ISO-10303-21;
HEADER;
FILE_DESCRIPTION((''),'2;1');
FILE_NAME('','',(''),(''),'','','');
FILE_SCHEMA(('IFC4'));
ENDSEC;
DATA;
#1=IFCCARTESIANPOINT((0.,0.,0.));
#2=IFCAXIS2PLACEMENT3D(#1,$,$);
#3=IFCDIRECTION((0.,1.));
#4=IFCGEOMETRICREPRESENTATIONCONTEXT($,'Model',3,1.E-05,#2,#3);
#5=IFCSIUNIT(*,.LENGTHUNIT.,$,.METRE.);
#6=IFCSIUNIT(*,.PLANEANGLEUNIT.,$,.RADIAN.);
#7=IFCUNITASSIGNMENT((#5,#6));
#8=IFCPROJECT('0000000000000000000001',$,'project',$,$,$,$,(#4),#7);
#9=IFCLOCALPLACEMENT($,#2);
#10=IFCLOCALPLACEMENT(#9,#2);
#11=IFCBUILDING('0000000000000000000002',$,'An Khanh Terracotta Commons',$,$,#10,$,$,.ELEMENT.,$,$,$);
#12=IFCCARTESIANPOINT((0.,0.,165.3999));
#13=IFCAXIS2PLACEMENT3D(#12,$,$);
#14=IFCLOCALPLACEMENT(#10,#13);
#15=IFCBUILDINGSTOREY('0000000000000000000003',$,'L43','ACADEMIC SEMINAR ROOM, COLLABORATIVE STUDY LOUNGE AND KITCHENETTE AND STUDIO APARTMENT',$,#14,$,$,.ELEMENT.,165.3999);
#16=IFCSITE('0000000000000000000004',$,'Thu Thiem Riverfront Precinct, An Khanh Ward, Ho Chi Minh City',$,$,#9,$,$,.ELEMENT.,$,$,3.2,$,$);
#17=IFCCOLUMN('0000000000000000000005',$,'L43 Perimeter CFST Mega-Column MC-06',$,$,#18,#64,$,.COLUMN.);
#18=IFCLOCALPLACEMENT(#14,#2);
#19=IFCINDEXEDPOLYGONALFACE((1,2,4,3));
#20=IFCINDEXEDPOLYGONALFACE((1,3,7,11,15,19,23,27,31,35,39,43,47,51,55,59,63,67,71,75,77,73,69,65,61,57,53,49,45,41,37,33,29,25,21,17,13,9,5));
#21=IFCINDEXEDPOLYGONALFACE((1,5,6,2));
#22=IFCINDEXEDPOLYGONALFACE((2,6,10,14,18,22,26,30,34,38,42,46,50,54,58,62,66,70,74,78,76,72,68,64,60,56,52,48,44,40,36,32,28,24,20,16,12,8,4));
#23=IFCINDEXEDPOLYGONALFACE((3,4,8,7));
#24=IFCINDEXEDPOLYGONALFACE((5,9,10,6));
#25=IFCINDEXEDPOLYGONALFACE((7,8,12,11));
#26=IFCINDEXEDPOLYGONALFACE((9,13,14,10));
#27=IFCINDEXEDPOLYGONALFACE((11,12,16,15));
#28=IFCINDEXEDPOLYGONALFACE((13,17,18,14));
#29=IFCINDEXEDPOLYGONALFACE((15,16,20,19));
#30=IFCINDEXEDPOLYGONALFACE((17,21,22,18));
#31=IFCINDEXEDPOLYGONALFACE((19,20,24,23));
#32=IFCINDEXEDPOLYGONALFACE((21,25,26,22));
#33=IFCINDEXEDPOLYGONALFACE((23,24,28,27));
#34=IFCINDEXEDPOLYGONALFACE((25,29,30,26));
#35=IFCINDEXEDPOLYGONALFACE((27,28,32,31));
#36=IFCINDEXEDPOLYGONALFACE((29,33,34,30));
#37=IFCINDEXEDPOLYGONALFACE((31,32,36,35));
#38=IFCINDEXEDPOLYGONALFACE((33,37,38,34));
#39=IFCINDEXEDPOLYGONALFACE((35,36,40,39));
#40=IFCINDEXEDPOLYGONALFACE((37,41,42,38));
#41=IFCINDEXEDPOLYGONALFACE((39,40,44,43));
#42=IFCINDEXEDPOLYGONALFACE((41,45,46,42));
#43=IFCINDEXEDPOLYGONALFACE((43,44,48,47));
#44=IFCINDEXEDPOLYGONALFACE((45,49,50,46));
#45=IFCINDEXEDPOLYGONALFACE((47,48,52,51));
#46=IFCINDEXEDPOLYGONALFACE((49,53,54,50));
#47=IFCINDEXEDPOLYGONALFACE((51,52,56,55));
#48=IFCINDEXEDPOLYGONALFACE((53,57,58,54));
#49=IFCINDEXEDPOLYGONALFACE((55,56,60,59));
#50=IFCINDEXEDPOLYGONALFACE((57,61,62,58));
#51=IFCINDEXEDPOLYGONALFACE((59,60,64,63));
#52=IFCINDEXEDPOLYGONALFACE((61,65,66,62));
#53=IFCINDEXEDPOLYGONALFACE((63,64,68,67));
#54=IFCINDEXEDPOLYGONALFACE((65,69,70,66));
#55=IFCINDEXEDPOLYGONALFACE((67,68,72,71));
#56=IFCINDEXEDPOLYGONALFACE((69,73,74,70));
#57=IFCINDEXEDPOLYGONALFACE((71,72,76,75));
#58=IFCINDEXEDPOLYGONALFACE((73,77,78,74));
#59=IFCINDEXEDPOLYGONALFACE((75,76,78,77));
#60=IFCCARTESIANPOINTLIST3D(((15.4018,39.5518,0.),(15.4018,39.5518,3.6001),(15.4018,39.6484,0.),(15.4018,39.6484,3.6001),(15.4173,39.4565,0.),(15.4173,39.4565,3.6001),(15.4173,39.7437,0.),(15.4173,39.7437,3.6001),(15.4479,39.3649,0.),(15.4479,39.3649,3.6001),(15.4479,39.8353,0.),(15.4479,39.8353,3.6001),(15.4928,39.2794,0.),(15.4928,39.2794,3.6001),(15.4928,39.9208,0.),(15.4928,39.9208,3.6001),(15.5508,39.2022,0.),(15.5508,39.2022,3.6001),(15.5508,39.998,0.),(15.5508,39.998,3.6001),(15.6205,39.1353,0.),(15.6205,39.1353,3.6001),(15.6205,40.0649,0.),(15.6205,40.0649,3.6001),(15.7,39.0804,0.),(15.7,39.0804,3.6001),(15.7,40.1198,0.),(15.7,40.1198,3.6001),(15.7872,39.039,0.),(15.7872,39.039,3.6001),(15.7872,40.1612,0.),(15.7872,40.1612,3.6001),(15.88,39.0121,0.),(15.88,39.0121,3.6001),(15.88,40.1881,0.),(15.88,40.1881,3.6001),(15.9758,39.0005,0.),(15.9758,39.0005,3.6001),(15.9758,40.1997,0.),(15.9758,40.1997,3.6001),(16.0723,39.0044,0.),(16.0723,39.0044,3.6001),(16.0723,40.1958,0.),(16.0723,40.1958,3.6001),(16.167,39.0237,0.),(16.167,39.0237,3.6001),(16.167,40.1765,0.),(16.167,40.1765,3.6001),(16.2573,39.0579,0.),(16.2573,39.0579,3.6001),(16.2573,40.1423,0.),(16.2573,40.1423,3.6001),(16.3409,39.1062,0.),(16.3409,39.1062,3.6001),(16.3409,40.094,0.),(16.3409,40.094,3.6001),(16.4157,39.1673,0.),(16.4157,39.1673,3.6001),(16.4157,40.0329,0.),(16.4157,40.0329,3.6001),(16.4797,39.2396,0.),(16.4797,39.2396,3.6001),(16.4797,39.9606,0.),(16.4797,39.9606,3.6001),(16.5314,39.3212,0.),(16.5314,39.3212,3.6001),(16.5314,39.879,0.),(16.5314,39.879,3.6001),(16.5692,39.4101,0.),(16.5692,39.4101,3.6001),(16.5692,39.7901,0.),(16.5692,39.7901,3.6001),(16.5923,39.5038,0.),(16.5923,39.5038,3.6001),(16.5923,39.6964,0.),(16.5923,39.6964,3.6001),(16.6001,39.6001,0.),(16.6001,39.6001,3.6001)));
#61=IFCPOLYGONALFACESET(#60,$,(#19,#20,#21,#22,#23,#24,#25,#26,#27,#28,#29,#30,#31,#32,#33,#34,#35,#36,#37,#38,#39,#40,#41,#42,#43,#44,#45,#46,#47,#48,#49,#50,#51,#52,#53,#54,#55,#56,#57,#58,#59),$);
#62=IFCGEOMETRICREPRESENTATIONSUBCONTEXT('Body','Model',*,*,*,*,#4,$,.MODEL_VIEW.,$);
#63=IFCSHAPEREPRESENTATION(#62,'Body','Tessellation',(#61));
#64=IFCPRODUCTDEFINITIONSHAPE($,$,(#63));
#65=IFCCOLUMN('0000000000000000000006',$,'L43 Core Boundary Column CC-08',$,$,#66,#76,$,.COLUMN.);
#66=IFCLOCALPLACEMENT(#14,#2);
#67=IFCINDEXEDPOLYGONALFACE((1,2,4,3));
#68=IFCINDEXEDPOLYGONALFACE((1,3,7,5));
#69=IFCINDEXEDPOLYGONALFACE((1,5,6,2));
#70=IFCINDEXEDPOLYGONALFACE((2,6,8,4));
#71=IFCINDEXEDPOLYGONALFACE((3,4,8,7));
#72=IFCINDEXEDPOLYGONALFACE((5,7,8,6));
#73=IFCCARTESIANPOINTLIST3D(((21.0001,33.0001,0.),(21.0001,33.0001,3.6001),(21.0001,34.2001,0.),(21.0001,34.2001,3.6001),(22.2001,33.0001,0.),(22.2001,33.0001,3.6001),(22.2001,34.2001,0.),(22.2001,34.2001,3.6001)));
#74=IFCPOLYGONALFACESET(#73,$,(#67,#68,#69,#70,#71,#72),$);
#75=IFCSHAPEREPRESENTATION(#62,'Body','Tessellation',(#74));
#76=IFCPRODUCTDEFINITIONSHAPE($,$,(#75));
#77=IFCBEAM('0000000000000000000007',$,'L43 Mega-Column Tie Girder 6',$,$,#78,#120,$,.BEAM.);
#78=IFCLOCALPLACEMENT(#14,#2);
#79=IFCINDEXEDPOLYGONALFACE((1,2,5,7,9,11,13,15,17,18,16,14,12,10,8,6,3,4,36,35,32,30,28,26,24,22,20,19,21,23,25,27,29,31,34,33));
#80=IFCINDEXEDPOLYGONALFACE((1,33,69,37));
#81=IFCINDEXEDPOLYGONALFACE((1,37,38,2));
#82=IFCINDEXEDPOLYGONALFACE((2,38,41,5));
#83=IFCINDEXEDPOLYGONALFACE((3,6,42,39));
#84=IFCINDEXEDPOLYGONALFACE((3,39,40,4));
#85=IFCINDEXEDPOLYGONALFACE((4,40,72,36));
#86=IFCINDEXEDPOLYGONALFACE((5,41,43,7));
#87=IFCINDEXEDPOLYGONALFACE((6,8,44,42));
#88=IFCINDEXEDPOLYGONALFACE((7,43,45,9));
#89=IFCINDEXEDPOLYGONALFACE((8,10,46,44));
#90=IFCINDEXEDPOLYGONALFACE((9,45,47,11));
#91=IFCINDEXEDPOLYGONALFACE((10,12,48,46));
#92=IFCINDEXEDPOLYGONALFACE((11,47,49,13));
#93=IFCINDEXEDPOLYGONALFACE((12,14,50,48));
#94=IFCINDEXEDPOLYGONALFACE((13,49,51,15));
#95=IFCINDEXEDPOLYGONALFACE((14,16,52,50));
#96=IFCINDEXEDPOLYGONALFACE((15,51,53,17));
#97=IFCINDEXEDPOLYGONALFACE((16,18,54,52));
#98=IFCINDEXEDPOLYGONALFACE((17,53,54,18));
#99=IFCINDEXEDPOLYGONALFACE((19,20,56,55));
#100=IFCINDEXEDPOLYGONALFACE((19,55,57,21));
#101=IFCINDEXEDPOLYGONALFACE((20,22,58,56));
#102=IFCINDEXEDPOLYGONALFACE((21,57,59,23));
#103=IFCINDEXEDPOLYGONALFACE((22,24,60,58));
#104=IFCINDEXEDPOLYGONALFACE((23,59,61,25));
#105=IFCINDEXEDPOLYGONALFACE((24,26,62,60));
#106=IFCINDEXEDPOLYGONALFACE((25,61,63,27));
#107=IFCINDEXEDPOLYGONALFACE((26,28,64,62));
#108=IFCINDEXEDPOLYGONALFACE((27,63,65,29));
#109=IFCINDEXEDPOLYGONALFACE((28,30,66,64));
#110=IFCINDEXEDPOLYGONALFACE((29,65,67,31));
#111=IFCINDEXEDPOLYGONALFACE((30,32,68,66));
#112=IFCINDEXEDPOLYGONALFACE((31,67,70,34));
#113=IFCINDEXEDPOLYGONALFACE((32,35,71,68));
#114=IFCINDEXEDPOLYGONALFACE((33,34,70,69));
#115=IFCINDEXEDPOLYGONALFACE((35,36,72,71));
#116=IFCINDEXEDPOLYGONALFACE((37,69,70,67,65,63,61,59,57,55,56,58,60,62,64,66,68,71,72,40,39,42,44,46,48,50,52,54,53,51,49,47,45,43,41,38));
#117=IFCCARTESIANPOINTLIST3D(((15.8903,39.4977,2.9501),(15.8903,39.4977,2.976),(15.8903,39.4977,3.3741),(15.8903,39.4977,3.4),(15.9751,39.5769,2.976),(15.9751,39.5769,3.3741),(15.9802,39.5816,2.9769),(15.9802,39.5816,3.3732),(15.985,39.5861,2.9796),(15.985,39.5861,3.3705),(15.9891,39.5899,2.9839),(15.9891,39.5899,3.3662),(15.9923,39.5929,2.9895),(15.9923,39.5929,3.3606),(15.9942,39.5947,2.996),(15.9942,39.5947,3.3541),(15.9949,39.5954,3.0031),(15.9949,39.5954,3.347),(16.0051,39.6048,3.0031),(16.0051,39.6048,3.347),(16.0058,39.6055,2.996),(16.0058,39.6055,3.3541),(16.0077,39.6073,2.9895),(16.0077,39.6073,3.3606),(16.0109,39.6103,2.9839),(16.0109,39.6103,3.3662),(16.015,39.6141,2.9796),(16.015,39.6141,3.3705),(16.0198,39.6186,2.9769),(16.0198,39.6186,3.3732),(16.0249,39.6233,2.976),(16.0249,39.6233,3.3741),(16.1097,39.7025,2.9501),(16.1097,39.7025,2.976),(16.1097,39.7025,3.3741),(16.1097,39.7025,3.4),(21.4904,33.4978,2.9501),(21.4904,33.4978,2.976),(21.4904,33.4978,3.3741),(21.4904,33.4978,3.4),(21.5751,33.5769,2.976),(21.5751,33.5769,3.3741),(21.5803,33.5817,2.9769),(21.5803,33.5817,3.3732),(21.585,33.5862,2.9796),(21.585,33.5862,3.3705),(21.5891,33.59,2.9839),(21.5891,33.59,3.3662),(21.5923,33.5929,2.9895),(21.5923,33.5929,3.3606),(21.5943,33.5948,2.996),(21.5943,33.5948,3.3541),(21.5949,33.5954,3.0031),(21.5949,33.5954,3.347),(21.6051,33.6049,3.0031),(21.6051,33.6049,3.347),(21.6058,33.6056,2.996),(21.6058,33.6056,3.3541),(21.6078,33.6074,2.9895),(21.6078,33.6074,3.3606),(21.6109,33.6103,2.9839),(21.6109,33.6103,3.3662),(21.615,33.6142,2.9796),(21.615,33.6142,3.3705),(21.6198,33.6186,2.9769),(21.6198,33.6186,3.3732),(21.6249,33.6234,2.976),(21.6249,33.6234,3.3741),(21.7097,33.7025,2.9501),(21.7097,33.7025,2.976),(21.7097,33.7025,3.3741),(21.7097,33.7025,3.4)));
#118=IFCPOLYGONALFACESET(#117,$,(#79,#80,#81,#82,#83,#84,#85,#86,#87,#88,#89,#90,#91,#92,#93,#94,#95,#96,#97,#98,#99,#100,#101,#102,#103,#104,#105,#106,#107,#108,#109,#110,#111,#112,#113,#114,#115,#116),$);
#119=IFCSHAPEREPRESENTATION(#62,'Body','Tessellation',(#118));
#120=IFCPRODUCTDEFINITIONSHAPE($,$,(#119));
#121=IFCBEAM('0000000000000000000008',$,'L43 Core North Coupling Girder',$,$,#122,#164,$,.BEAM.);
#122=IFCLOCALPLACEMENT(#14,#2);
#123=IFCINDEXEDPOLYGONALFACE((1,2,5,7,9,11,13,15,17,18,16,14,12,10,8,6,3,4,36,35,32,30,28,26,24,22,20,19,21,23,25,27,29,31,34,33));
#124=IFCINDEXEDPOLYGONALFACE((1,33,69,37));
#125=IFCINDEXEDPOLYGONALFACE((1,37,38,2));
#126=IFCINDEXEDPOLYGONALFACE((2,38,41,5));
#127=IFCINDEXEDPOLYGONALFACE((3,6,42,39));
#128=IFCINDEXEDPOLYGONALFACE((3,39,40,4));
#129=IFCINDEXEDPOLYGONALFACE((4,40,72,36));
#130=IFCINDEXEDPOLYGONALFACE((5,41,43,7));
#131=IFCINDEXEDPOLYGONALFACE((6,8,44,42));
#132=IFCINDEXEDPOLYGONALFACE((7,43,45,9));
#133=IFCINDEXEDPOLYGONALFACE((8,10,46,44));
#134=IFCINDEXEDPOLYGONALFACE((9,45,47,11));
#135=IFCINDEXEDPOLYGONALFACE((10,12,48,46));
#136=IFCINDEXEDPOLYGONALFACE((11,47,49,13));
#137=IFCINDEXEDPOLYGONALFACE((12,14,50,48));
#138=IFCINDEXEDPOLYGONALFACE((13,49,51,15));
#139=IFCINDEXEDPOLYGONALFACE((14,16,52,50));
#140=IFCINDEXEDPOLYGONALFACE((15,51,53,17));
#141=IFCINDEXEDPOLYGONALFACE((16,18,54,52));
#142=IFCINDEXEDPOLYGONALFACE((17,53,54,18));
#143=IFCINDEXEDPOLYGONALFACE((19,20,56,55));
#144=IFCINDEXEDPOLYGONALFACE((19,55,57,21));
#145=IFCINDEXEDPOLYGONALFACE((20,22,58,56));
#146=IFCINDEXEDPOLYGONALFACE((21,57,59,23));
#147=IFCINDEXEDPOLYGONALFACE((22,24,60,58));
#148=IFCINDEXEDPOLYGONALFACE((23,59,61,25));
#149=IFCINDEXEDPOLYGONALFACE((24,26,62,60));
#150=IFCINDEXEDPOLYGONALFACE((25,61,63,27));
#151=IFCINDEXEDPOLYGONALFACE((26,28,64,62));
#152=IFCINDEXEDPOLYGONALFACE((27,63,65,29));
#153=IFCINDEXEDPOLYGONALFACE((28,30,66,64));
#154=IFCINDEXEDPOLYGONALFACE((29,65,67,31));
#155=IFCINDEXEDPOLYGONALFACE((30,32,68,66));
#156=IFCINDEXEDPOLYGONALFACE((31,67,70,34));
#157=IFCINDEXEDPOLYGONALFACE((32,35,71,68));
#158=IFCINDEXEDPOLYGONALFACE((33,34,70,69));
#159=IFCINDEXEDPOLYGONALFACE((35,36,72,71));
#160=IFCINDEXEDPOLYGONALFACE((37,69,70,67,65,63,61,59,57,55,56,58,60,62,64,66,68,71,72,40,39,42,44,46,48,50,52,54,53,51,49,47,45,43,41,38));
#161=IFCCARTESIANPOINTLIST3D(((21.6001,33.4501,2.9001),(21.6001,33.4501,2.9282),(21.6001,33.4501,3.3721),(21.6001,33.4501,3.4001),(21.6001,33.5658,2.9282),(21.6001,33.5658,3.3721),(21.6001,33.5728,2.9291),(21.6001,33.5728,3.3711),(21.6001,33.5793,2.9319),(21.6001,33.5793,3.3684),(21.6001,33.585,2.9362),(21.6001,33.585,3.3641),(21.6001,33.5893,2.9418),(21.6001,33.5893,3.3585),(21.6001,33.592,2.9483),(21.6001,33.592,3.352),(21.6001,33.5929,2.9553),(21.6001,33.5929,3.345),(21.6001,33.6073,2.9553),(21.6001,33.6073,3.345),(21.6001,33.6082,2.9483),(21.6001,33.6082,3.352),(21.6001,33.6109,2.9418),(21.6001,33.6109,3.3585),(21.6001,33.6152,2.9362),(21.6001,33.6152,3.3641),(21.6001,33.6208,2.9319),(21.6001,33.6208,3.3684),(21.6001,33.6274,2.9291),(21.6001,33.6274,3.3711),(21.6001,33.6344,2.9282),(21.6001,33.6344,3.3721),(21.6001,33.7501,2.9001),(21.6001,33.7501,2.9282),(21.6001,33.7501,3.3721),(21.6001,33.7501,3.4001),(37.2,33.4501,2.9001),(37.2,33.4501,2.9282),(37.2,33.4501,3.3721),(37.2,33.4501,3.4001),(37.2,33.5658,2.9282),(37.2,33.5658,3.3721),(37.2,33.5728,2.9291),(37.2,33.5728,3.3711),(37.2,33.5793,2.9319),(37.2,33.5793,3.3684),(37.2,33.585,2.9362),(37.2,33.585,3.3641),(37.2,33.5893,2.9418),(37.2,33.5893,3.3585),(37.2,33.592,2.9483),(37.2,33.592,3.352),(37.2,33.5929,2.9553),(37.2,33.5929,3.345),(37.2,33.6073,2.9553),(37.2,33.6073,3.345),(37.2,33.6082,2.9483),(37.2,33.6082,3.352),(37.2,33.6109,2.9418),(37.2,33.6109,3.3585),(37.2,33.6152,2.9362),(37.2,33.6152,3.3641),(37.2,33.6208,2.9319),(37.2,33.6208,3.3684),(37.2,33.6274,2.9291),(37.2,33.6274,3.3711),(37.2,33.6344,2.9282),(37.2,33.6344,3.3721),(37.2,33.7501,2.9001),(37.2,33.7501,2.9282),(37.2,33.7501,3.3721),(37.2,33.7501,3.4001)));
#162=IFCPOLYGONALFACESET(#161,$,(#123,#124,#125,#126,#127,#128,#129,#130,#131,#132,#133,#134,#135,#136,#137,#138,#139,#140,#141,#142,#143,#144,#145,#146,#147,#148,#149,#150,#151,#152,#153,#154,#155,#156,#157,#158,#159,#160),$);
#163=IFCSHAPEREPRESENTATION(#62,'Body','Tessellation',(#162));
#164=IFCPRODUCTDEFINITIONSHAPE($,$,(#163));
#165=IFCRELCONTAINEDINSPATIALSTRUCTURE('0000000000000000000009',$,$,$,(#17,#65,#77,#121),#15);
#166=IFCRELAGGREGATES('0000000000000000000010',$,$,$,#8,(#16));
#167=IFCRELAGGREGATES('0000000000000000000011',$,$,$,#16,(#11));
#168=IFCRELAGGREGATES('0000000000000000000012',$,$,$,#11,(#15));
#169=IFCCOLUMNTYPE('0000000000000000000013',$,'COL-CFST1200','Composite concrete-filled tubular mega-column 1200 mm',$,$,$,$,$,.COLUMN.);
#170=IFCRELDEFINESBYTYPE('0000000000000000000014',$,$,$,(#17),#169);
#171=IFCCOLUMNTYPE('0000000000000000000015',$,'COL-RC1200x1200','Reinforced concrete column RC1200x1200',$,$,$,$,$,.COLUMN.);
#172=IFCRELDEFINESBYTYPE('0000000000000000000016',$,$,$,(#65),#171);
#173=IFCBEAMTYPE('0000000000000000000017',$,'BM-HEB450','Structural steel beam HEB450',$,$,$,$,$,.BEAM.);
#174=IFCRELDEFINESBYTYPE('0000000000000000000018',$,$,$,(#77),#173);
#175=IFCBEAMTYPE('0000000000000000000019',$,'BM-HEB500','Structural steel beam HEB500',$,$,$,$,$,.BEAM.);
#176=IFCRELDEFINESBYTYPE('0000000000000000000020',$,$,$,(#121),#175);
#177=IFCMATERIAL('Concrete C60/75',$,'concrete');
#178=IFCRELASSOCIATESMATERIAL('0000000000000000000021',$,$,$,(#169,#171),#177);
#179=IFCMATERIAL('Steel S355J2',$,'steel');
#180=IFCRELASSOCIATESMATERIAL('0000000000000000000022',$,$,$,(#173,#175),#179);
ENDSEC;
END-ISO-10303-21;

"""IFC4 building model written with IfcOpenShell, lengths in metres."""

from ifc_helpers import new_model, si_unit, direction, frame, origin, origin_2d, place, context, subcontext, project, spatial, rectangle, circle, i_section, extrude, material, material_profile, profile_set, type_object, element, save


model = new_model("IFC4")

# Units and contexts
model_context = context("Model", 3, precision=1e-05, world=origin(), true_north=direction((0.0, 1.0)))
body_context = subcontext(model_context, "Body", "Model", "MODEL_VIEW")
ifc_project = project(units=[si_unit("LENGTHUNIT", "METRE"), si_unit("PLANEANGLEUNIT", "RADIAN")], contexts=[model_context])

# Site, building, storey
site_placement = place(None, origin())
site = spatial("IfcSite", under=ifc_project, at=site_placement, Name="Thu Thiem Riverfront Precinct, An Khanh Ward, Ho Chi Minh City", CompositionType="ELEMENT", RefElevation=3.2)
building_placement = place(site_placement, origin())
building = spatial("IfcBuilding", under=site, at=building_placement, Name="An Khanh Terracotta Commons", CompositionType="ELEMENT")
storey_placement = place(building_placement, frame((0.0, 0.0, 165.3999)))
storey = spatial("IfcBuildingStorey", under=building, at=storey_placement, Name="L43", Description="ACADEMIC SEMINAR ROOM, COLLABORATIVE STUDY LOUNGE AND KITCHENETTE AND STUDIO APARTMENT", CompositionType="ELEMENT", Elevation=165.3999)

# Columns
ifc_material_1 = material(Name="Concrete C60/75", Category="concrete")
ifc_material_profile_1 = material_profile(ifc_material_1, circle(Radius=0.6001, at=origin_2d()), Name="CFST1200")
ifc_profile_set_1 = profile_set([ifc_material_profile_1], Name="Concrete C60/75")
column_type_1 = type_object("IfcColumnType", Name="COL-CFST1200", Description="Composite concrete-filled tubular mega-column 1200 mm", PredefinedType="COLUMN", material=ifc_profile_set_1)
column_1_placement = place(storey_placement, frame((16.0, 39.6001, 0.0), z_axis=(0.0, 0.0, 1.0), x_axis=(1.0, 0.0, 0.0)))
element("IfcColumn", 1, at=column_1_placement, inside=storey, type_object=column_type_1, Name="L43 Perimeter CFST Mega-Column MC-06", PredefinedType="COLUMN", context=body_context, shape_type="SweptSolid", body=[
    extrude(circle(Radius=0.6001, at=origin_2d()), origin(), (0.0, 0.0, 1.0), 3.6001),
])
ifc_material_profile_2 = material_profile(ifc_material_1, rectangle(XDim=1.2, YDim=1.2, at=origin_2d()), Name="RC1200x1200")
ifc_profile_set_2 = profile_set([ifc_material_profile_2], Name="Concrete C60/75")
column_type_2 = type_object("IfcColumnType", Name="COL-RC1200x1200", Description="Reinforced concrete column RC1200x1200", PredefinedType="COLUMN", material=ifc_profile_set_2)
column_2_placement = place(storey_placement, frame((21.6001, 33.6001, 0.0), z_axis=(0.0, 0.0, 1.0), x_axis=(1.0, 0.0, 0.0)))
element("IfcColumn", 2, at=column_2_placement, inside=storey, type_object=column_type_2, Name="L43 Core Boundary Column CC-08", PredefinedType="COLUMN", context=body_context, shape_type="SweptSolid", body=[
    extrude(rectangle(XDim=1.2, YDim=1.2, at=origin_2d()), origin(), (0.0, 0.0, 1.0), 3.6001),
])

# Beams
ifc_material_2 = material(Name="Steel S355J2", Category="steel")
ifc_material_profile_3 = material_profile(ifc_material_2, i_section(OverallWidth=0.3, OverallDepth=0.45, WebThickness=0.0139, FlangeThickness=0.0259, FilletRadius=0.0271, at=origin_2d()), Name="HEB450")
ifc_profile_set_3 = profile_set([ifc_material_profile_3], Name="Steel S355J2")
beam_type_1 = type_object("IfcBeamType", Name="BM-HEB450", Description="Structural steel beam HEB450", PredefinedType="BEAM", material=ifc_profile_set_3)
beam_1_placement = place(storey_placement, frame((16.0, 39.6001, 3.175), z_axis=(0.682325, -0.731049, 0.0), x_axis=(0.731049, 0.682325, 0.0)))
element("IfcBeam", 3, at=beam_1_placement, inside=storey, type_object=beam_type_1, Name="L43 Mega-Column Tie Girder 6", PredefinedType="BEAM", context=body_context, shape_type="SweptSolid", body=[
    extrude(i_section(OverallWidth=0.3, OverallDepth=0.45, WebThickness=0.0139, FlangeThickness=0.0259, FilletRadius=0.0271, at=origin_2d()), origin(), (0.0, 0.0, 1.0), 8.2073),
])
ifc_material_profile_4 = material_profile(ifc_material_2, i_section(OverallWidth=0.3, OverallDepth=0.5, WebThickness=0.0144, FlangeThickness=0.0281, FilletRadius=0.0271, at=origin_2d()), Name="HEB500")
ifc_profile_set_4 = profile_set([ifc_material_profile_4], Name="Steel S355J2")
beam_type_2 = type_object("IfcBeamType", Name="BM-HEB500", Description="Structural steel beam HEB500", PredefinedType="BEAM", material=ifc_profile_set_4)
beam_2_placement = place(storey_placement, frame((21.6001, 33.6001, 3.1501), z_axis=(1.0, 0.0, 0.0), x_axis=(0.0, 1.0, 0.0)))
element("IfcBeam", 4, at=beam_2_placement, inside=storey, type_object=beam_type_2, Name="L43 Core North Coupling Girder", PredefinedType="BEAM", context=body_context, shape_type="SweptSolid", body=[
    extrude(i_section(OverallWidth=0.3, OverallDepth=0.5, WebThickness=0.0144, FlangeThickness=0.0281, FilletRadius=0.0271, at=origin_2d()), origin(), (0.0, 0.0, 1.0), 15.5999),
])

save(model, "model.ifc")
